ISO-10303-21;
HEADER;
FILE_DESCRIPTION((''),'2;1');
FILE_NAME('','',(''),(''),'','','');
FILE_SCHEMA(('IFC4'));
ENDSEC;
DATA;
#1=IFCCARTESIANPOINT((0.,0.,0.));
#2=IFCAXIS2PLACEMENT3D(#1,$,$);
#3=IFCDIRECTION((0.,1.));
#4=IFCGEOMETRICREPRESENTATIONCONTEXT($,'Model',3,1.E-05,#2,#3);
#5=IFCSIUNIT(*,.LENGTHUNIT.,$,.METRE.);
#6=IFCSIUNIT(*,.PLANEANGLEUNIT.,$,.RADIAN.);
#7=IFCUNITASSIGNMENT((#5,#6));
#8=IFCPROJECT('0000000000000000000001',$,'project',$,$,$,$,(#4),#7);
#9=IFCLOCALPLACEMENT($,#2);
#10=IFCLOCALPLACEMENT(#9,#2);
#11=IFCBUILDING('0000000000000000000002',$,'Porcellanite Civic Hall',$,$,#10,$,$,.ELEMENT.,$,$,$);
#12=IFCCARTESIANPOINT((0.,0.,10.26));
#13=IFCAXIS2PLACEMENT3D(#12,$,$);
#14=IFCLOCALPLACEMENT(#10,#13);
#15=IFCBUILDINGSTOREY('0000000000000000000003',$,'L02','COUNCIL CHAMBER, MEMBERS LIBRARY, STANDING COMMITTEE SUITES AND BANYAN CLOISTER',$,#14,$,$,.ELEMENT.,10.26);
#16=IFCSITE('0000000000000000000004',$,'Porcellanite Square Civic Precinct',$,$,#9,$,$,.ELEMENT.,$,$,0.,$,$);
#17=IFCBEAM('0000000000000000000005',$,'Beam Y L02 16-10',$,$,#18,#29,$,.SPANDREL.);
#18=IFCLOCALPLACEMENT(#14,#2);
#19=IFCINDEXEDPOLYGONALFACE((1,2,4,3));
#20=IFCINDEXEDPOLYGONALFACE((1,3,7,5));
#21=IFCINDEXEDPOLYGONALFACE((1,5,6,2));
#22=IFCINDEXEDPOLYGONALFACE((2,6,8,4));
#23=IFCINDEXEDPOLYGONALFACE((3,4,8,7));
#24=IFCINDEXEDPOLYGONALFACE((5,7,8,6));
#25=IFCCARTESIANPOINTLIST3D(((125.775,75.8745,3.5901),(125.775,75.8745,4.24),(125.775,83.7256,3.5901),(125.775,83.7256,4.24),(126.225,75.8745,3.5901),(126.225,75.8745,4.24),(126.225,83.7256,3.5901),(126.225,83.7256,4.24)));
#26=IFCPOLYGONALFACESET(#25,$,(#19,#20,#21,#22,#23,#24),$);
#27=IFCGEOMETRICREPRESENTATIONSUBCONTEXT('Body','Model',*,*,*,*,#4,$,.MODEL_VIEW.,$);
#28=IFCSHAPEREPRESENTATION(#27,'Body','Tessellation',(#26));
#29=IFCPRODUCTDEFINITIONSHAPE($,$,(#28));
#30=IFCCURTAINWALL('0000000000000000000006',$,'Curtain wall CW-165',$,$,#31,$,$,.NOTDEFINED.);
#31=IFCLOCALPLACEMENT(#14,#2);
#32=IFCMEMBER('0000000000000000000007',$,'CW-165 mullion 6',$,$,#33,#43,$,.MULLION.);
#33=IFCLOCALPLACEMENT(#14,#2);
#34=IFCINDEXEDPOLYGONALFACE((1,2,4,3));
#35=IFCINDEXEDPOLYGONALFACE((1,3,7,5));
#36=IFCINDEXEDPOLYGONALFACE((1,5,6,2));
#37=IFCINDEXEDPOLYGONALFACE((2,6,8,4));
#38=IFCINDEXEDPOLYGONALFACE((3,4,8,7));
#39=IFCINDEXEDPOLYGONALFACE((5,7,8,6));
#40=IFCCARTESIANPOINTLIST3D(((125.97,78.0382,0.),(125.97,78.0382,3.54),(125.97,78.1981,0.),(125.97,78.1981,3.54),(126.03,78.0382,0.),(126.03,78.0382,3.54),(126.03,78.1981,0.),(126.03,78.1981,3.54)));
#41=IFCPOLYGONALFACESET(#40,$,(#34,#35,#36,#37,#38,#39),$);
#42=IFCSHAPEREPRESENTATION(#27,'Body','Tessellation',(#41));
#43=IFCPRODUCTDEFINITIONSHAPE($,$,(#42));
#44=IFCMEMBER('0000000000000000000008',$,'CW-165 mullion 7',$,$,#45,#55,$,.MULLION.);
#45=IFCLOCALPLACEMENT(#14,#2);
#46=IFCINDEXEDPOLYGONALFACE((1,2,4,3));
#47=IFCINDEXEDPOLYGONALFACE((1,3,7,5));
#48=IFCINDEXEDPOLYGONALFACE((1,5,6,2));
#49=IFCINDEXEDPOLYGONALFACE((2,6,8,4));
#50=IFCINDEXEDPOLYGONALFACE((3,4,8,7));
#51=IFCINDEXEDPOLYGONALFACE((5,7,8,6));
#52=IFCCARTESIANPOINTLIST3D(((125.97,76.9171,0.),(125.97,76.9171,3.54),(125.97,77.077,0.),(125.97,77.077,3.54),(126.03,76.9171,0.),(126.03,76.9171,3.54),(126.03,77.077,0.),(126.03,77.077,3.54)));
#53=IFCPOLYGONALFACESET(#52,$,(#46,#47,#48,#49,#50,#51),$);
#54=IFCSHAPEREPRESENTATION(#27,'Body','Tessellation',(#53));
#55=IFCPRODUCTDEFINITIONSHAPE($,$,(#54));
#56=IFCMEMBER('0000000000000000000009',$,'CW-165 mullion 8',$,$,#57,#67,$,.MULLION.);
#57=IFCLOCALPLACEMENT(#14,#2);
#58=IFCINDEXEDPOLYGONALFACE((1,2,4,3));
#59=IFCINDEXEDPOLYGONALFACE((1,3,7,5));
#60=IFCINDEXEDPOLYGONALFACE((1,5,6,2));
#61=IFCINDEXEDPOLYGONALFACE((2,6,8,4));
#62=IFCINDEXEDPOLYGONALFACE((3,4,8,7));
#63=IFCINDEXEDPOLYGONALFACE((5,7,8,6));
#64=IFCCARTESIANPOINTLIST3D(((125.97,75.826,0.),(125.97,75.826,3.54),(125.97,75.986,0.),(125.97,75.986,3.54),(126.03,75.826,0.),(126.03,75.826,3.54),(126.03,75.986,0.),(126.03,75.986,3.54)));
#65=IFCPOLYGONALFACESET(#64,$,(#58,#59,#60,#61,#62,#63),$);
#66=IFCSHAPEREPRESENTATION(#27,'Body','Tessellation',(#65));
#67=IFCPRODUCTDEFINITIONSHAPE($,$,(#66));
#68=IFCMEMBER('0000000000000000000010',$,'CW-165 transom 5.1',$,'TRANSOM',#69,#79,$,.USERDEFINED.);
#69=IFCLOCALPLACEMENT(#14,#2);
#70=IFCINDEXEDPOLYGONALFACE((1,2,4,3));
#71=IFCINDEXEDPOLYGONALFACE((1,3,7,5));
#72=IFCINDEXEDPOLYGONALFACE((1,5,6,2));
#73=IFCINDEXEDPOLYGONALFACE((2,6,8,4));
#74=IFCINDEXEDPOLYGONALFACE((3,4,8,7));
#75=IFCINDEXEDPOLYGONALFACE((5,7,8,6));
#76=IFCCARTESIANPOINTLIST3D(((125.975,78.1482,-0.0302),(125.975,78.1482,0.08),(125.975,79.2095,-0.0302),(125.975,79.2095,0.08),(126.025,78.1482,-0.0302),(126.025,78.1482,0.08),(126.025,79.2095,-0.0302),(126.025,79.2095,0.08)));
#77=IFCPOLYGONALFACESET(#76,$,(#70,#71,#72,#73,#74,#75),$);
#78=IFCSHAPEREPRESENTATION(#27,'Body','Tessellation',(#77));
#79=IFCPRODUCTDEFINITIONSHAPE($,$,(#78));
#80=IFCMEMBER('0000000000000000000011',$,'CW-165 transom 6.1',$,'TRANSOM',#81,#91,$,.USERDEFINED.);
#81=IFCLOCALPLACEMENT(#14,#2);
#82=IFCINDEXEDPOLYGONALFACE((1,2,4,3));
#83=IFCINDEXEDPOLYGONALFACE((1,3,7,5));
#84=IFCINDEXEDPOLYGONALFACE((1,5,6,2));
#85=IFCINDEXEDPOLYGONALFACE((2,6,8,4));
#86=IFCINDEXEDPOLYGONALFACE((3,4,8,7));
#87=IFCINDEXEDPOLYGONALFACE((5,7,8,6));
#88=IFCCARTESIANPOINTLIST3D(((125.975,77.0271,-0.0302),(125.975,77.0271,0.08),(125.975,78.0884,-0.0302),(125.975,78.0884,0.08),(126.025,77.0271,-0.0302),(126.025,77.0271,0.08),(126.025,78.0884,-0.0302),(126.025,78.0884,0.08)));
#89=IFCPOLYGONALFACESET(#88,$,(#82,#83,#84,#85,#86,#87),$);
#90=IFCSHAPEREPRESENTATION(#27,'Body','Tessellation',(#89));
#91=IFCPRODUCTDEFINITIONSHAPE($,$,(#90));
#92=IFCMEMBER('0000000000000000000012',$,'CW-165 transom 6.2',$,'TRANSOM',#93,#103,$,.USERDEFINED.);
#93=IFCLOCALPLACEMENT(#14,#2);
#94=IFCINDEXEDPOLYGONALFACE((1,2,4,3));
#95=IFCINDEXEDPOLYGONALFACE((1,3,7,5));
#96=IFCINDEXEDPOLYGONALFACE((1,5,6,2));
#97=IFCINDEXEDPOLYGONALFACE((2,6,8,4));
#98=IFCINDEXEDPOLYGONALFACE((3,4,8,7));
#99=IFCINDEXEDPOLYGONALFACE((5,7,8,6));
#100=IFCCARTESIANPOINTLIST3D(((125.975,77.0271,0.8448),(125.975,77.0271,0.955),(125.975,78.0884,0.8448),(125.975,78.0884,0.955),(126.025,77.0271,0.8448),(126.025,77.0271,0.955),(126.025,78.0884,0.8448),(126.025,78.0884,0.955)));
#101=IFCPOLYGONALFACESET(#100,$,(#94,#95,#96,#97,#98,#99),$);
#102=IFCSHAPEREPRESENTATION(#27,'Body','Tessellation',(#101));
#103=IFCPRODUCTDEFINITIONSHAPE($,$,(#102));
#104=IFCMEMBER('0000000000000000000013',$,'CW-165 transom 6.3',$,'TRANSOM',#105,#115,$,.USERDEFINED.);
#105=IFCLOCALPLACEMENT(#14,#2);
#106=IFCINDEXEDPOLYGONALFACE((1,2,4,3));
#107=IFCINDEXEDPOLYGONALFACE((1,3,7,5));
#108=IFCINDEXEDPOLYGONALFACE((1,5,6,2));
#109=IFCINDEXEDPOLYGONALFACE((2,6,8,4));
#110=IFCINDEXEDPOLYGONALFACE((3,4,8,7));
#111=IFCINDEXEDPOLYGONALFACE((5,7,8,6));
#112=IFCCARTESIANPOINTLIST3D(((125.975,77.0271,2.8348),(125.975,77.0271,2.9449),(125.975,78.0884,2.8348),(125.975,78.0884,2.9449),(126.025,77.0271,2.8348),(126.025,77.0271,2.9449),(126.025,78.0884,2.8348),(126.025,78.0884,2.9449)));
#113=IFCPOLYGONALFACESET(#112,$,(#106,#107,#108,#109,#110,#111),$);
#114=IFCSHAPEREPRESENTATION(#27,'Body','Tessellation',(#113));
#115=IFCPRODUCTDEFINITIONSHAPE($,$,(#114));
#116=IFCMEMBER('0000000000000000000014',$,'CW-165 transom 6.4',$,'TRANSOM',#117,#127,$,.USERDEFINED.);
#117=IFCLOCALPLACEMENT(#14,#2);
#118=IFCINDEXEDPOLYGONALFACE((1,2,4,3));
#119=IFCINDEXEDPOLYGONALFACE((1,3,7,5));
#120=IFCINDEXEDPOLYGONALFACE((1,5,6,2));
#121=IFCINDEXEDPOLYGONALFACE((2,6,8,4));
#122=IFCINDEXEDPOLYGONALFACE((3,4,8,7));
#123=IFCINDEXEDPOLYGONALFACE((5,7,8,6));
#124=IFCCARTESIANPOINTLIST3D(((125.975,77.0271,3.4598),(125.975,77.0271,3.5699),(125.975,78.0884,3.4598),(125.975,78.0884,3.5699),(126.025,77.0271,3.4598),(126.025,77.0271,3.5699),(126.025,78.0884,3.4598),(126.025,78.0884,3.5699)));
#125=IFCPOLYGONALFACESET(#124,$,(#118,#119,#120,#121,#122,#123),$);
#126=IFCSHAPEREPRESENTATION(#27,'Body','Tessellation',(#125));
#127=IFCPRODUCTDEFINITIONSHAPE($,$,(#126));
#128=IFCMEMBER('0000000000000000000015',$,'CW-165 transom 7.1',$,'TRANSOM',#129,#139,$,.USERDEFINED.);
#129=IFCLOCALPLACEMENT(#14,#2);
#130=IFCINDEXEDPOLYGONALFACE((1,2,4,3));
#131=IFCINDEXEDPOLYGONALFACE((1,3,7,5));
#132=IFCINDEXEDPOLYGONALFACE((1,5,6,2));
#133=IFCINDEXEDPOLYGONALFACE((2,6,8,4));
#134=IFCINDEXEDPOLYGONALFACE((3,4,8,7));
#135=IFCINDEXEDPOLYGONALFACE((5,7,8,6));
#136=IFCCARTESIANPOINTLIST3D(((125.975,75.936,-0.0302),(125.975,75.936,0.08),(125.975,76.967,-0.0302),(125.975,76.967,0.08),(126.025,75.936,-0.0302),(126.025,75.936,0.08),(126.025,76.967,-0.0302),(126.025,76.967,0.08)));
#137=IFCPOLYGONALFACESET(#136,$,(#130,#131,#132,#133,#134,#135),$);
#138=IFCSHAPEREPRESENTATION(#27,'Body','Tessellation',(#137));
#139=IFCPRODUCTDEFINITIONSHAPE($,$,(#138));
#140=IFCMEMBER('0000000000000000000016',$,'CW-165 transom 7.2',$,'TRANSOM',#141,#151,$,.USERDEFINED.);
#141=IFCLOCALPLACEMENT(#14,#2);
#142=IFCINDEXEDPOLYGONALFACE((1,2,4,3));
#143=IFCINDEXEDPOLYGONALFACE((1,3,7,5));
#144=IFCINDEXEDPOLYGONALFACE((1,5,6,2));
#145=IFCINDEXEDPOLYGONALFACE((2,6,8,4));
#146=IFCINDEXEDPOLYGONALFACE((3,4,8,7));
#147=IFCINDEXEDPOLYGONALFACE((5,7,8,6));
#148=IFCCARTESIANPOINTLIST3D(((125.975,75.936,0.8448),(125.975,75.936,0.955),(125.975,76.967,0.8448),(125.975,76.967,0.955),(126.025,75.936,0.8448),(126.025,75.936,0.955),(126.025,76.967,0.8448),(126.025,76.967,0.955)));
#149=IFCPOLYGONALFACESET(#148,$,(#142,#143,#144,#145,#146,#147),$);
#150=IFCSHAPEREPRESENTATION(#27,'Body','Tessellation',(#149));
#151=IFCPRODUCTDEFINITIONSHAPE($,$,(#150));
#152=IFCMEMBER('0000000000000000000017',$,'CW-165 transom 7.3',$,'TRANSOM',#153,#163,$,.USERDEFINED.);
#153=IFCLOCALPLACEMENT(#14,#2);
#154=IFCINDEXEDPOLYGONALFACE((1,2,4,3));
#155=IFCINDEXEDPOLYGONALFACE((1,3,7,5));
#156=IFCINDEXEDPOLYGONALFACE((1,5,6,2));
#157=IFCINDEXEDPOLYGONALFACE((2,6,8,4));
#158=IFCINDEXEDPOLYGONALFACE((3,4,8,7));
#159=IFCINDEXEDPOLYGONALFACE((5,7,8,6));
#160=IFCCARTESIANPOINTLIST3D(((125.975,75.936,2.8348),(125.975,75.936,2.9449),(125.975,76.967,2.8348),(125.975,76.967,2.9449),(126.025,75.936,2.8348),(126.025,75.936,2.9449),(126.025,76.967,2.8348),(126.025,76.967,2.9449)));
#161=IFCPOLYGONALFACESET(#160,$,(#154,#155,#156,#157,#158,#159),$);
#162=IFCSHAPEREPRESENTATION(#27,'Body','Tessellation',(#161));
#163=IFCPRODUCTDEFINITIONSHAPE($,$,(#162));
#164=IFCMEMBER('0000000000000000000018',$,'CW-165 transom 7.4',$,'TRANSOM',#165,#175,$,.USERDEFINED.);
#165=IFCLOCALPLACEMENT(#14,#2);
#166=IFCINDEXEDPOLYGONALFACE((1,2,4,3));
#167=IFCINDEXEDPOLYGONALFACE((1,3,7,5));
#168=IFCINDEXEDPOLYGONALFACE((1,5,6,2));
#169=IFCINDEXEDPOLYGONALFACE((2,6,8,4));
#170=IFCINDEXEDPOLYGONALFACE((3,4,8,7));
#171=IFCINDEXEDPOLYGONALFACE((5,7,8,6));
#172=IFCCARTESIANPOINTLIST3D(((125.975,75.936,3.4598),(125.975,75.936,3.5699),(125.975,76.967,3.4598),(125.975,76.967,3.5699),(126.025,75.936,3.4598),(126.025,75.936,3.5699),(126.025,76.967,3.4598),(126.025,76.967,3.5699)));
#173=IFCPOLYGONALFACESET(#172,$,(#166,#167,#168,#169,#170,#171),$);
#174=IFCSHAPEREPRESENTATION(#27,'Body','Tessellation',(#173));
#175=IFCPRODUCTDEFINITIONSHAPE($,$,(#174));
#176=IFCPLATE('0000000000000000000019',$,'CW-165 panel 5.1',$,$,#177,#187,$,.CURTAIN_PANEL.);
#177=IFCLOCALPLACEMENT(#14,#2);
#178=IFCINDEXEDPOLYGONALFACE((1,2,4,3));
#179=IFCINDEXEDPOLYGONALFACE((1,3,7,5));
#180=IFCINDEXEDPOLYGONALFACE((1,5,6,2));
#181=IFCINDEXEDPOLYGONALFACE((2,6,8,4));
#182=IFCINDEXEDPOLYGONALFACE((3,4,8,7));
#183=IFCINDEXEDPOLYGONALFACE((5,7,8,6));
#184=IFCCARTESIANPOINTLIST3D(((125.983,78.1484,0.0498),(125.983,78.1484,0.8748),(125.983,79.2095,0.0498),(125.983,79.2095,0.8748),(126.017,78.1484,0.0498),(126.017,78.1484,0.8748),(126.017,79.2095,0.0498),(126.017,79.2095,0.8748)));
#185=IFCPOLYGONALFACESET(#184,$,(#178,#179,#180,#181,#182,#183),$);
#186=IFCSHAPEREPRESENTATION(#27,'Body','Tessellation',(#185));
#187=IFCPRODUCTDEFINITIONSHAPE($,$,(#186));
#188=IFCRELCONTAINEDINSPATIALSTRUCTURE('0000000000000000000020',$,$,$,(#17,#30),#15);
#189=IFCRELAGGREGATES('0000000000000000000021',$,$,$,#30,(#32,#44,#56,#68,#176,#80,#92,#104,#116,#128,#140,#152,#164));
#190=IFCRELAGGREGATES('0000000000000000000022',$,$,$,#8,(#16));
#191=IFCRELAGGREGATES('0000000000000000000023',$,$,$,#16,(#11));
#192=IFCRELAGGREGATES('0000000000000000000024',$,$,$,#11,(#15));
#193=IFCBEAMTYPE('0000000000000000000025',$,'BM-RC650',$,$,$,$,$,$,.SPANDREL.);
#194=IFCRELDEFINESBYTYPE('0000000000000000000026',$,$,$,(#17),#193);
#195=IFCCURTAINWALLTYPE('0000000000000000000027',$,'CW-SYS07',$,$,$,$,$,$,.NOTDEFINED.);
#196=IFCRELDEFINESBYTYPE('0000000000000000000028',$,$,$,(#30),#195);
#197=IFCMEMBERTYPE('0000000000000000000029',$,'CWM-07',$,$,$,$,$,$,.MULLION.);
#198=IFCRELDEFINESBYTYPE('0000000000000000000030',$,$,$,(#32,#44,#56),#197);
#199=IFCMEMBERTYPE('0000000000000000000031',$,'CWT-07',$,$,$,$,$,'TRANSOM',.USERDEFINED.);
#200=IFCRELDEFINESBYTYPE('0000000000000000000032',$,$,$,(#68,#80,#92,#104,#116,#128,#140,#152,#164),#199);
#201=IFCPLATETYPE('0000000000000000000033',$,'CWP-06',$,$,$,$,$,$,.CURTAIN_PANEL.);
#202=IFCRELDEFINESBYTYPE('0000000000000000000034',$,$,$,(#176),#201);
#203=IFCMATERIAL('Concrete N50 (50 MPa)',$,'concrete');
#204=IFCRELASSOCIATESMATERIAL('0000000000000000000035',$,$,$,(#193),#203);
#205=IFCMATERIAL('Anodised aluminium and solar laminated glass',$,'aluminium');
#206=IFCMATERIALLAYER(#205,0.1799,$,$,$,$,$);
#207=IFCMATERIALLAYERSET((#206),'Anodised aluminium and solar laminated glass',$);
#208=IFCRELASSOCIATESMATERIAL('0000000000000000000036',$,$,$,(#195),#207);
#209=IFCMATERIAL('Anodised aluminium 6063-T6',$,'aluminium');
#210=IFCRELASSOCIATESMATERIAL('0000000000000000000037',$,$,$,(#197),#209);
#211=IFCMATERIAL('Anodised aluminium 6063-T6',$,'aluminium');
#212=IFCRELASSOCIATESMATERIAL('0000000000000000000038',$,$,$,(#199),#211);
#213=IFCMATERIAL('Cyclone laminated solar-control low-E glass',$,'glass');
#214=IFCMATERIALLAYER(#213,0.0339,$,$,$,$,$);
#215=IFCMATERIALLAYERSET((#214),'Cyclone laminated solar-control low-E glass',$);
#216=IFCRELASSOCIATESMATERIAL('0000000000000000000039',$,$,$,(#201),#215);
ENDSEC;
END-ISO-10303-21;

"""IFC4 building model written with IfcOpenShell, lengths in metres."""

from ifc_helpers import new_model, si_unit, direction, frame, origin, origin_2d, place, context, subcontext, project, spatial, rectangle, extrude, material, layer, layer_set, material_profile, profile_set, type_object, element, aggregate, save


model = new_model("IFC4")

# Units and contexts
model_context = context("Model", 3, precision=1e-05, world=origin(), true_north=direction((0.0, 1.0)))
body_context = subcontext(model_context, "Body", "Model", "MODEL_VIEW")
ifc_project = project(units=[si_unit("LENGTHUNIT", "METRE"), si_unit("PLANEANGLEUNIT", "RADIAN")], contexts=[model_context])

# Site, building, storey
site_placement = place(None, origin())
site = spatial("IfcSite", under=ifc_project, at=site_placement, Name="Porcellanite Square Civic Precinct", CompositionType="ELEMENT", RefElevation=0.0)
building_placement = place(site_placement, origin())
building = spatial("IfcBuilding", under=site, at=building_placement, Name="Porcellanite Civic Hall", CompositionType="ELEMENT")
storey_placement = place(building_placement, frame((0.0, 0.0, 10.26)))
storey = spatial("IfcBuildingStorey", under=building, at=storey_placement, Name="L02", Description="COUNCIL CHAMBER, MEMBERS LIBRARY, STANDING COMMITTEE SUITES AND BANYAN CLOISTER", CompositionType="ELEMENT", Elevation=10.26)

# Beam
ifc_material_1 = material(Name="Concrete N50 (50 MPa)", Category="concrete")
ifc_material_profile_1 = material_profile(ifc_material_1, rectangle(XDim=0.45, YDim=0.6499, at=origin_2d()), Name="RC-450x650")
ifc_profile_set_1 = profile_set([ifc_material_profile_1], Name="Concrete N50 (50 MPa)")
beam_type = type_object("IfcBeamType", Name="BM-RC650", PredefinedType="SPANDREL", material=ifc_profile_set_1)
beam_placement = place(storey_placement, frame((126.0, 75.8745, 3.915), z_axis=(0.0, 1.0, 0.0), x_axis=(-1.0, 0.0, 0.0)))
element("IfcBeam", 1, at=beam_placement, inside=storey, type_object=beam_type, Name="Beam Y L02 16-10", PredefinedType="SPANDREL", context=body_context, shape_type="SweptSolid", body=[
    extrude(rectangle(XDim=0.45, YDim=0.6499, at=origin_2d()), origin(), (0.0, 0.0, 1.0), 7.8511),
])

# Curtain wall, members, plate
ifc_material_2 = material(Name="Anodised aluminium and solar laminated glass", Category="aluminium")
ifc_layer_1 = layer(ifc_material_2, 0.1799)
ifc_layer_set_1 = layer_set([ifc_layer_1], Name="Anodised aluminium and solar laminated glass")
curtain_wall_type = type_object("IfcCurtainWallType", Name="CW-SYS07", PredefinedType="NOTDEFINED", material=ifc_layer_set_1)
curtain_wall_placement = place(storey_placement, origin())
curtain_wall = element("IfcCurtainWall", 2, at=curtain_wall_placement, inside=storey, type_object=curtain_wall_type, Name="Curtain wall CW-165", PredefinedType="NOTDEFINED")
ifc_material_3 = material(Name="Anodised aluminium 6063-T6", Category="aluminium")
ifc_material_profile_2 = material_profile(ifc_material_3, rectangle(XDim=0.0601, YDim=0.1599, at=origin_2d()), Name="AL-60x160")
ifc_profile_set_2 = profile_set([ifc_material_profile_2], Name="Anodised aluminium 6063-T6")
member_type_1 = type_object("IfcMemberType", Name="CWM-07", PredefinedType="MULLION", material=ifc_profile_set_2)
member_1_placement = place(storey_placement, frame((126.0, 78.1182, 0.0), z_axis=(0.0, 0.0, 1.0), x_axis=(1.0, 0.0, 0.0)))
member_1 = element("IfcMember", 3, at=member_1_placement, type_object=member_type_1, Name="CW-165 mullion 6", PredefinedType="MULLION", context=body_context, shape_type="SweptSolid", body=[
    extrude(rectangle(XDim=0.0601, YDim=0.1599, at=origin_2d()), origin(), (0.0, 0.0, 1.0), 3.54),
])
member_2_placement = place(storey_placement, frame((126.0, 76.9971, 0.0), z_axis=(0.0, 0.0, 1.0), x_axis=(1.0, 0.0, 0.0)))
member_2 = element("IfcMember", 4, at=member_2_placement, type_object=member_type_1, Name="CW-165 mullion 7", PredefinedType="MULLION", context=body_context, shape_type="SweptSolid", body=[
    extrude(rectangle(XDim=0.0601, YDim=0.1599, at=origin_2d()), origin(), (0.0, 0.0, 1.0), 3.54),
])
member_3_placement = place(storey_placement, frame((126.0, 75.906, 0.0), z_axis=(0.0, 0.0, 1.0), x_axis=(1.0, 0.0, 0.0)))
member_3 = element("IfcMember", 5, at=member_3_placement, type_object=member_type_1, Name="CW-165 mullion 8", PredefinedType="MULLION", context=body_context, shape_type="SweptSolid", body=[
    extrude(rectangle(XDim=0.0601, YDim=0.1599, at=origin_2d()), origin(), (0.0, 0.0, 1.0), 3.54),
])
ifc_material_4 = material(Name="Anodised aluminium 6063-T6", Category="aluminium")
ifc_material_profile_3 = material_profile(ifc_material_4, rectangle(XDim=0.05, YDim=0.1101, at=origin_2d()), Name="AL-50x110")
ifc_profile_set_3 = profile_set([ifc_material_profile_3], Name="Anodised aluminium 6063-T6")
member_type_2 = type_object("IfcMemberType", Name="CWT-07", ElementType="TRANSOM", PredefinedType="USERDEFINED", material=ifc_profile_set_3)
member_4_placement = place(storey_placement, frame((126.0, 79.2095, 0.0249), z_axis=(0.0, -1.0, 0.0), x_axis=(1.0, 0.0, 0.0)))
member_4 = element("IfcMember", 6, at=member_4_placement, type_object=member_type_2, Name="CW-165 transom 5.1", ObjectType="TRANSOM", PredefinedType="USERDEFINED", context=body_context, shape_type="SweptSolid", body=[
    extrude(rectangle(XDim=0.05, YDim=0.1101, at=origin_2d()), origin(), (0.0, 0.0, 1.0), 1.0613),
])
member_5_placement = place(storey_placement, frame((126.0, 78.0884, 0.0249), z_axis=(0.0, -1.0, 0.0), x_axis=(1.0, 0.0, 0.0)))
member_5 = element("IfcMember", 7, at=member_5_placement, type_object=member_type_2, Name="CW-165 transom 6.1", ObjectType="TRANSOM", PredefinedType="USERDEFINED", context=body_context, shape_type="SweptSolid", body=[
    extrude(rectangle(XDim=0.05, YDim=0.1101, at=origin_2d()), origin(), (0.0, 0.0, 1.0), 1.0613),
])
member_6_placement = place(storey_placement, frame((126.0, 78.0884, 0.8999), z_axis=(0.0, -1.0, 0.0), x_axis=(1.0, 0.0, 0.0)))
member_6 = element("IfcMember", 8, at=member_6_placement, type_object=member_type_2, Name="CW-165 transom 6.2", ObjectType="TRANSOM", PredefinedType="USERDEFINED", context=body_context, shape_type="SweptSolid", body=[
    extrude(rectangle(XDim=0.05, YDim=0.1101, at=origin_2d()), origin(), (0.0, 0.0, 1.0), 1.0613),
])
member_7_placement = place(storey_placement, frame((126.0, 78.0884, 2.8899), z_axis=(0.0, -1.0, 0.0), x_axis=(1.0, 0.0, 0.0)))
member_7 = element("IfcMember", 9, at=member_7_placement, type_object=member_type_2, Name="CW-165 transom 6.3", ObjectType="TRANSOM", PredefinedType="USERDEFINED", context=body_context, shape_type="SweptSolid", body=[
    extrude(rectangle(XDim=0.05, YDim=0.1101, at=origin_2d()), origin(), (0.0, 0.0, 1.0), 1.0613),
])
member_8_placement = place(storey_placement, frame((126.0, 78.0884, 3.5149), z_axis=(0.0, -1.0, 0.0), x_axis=(1.0, 0.0, 0.0)))
member_8 = element("IfcMember", 10, at=member_8_placement, type_object=member_type_2, Name="CW-165 transom 6.4", ObjectType="TRANSOM", PredefinedType="USERDEFINED", context=body_context, shape_type="SweptSolid", body=[
    extrude(rectangle(XDim=0.05, YDim=0.1101, at=origin_2d()), origin(), (0.0, 0.0, 1.0), 1.0613),
])
member_9_placement = place(storey_placement, frame((126.0, 76.967, 0.0249), z_axis=(0.0, -1.0, 0.0), x_axis=(1.0, 0.0, 0.0)))
member_9 = element("IfcMember", 11, at=member_9_placement, type_object=member_type_2, Name="CW-165 transom 7.1", ObjectType="TRANSOM", PredefinedType="USERDEFINED", context=body_context, shape_type="SweptSolid", body=[
    extrude(rectangle(XDim=0.05, YDim=0.1101, at=origin_2d()), origin(), (0.0, 0.0, 1.0), 1.031),
])
member_10_placement = place(storey_placement, frame((126.0, 76.967, 0.8999), z_axis=(0.0, -1.0, 0.0), x_axis=(1.0, 0.0, 0.0)))
member_10 = element("IfcMember", 12, at=member_10_placement, type_object=member_type_2, Name="CW-165 transom 7.2", ObjectType="TRANSOM", PredefinedType="USERDEFINED", context=body_context, shape_type="SweptSolid", body=[
    extrude(rectangle(XDim=0.05, YDim=0.1101, at=origin_2d()), origin(), (0.0, 0.0, 1.0), 1.031),
])
member_11_placement = place(storey_placement, frame((126.0, 76.967, 2.8899), z_axis=(0.0, -1.0, 0.0), x_axis=(1.0, 0.0, 0.0)))
member_11 = element("IfcMember", 13, at=member_11_placement, type_object=member_type_2, Name="CW-165 transom 7.3", ObjectType="TRANSOM", PredefinedType="USERDEFINED", context=body_context, shape_type="SweptSolid", body=[
    extrude(rectangle(XDim=0.05, YDim=0.1101, at=origin_2d()), origin(), (0.0, 0.0, 1.0), 1.031),
])
member_12_placement = place(storey_placement, frame((126.0, 76.967, 3.5149), z_axis=(0.0, -1.0, 0.0), x_axis=(1.0, 0.0, 0.0)))
member_12 = element("IfcMember", 14, at=member_12_placement, type_object=member_type_2, Name="CW-165 transom 7.4", ObjectType="TRANSOM", PredefinedType="USERDEFINED", context=body_context, shape_type="SweptSolid", body=[
    extrude(rectangle(XDim=0.05, YDim=0.1101, at=origin_2d()), origin(), (0.0, 0.0, 1.0), 1.031),
])
ifc_material_5 = material(Name="Cyclone laminated solar-control low-E glass", Category="glass")
ifc_layer_2 = layer(ifc_material_5, 0.0339)
ifc_layer_set_2 = layer_set([ifc_layer_2], Name="Cyclone laminated solar-control low-E glass")
plate_type = type_object("IfcPlateType", Name="CWP-06", PredefinedType="CURTAIN_PANEL", material=ifc_layer_set_2)
plate_1_placement = place(storey_placement, frame((126.0, 78.679, 0.0498), z_axis=(0.0, 0.0, 1.0), x_axis=(0.0, -1.0, 0.0)))
plate_1 = element("IfcPlate", 15, at=plate_1_placement, type_object=plate_type, Name="CW-165 panel 5.1", PredefinedType="CURTAIN_PANEL", context=body_context, shape_type="SweptSolid", body=[
    extrude(rectangle(XDim=1.061, YDim=0.0339, at=origin_2d()), origin(), (0.0, 0.0, 1.0), 0.825),
])
aggregate(curtain_wall, [member_1, member_2, member_3, member_4, plate_1, member_5, member_6, member_7, member_8, member_9, member_10, member_11, member_12])

save(model, "model.ifc")
